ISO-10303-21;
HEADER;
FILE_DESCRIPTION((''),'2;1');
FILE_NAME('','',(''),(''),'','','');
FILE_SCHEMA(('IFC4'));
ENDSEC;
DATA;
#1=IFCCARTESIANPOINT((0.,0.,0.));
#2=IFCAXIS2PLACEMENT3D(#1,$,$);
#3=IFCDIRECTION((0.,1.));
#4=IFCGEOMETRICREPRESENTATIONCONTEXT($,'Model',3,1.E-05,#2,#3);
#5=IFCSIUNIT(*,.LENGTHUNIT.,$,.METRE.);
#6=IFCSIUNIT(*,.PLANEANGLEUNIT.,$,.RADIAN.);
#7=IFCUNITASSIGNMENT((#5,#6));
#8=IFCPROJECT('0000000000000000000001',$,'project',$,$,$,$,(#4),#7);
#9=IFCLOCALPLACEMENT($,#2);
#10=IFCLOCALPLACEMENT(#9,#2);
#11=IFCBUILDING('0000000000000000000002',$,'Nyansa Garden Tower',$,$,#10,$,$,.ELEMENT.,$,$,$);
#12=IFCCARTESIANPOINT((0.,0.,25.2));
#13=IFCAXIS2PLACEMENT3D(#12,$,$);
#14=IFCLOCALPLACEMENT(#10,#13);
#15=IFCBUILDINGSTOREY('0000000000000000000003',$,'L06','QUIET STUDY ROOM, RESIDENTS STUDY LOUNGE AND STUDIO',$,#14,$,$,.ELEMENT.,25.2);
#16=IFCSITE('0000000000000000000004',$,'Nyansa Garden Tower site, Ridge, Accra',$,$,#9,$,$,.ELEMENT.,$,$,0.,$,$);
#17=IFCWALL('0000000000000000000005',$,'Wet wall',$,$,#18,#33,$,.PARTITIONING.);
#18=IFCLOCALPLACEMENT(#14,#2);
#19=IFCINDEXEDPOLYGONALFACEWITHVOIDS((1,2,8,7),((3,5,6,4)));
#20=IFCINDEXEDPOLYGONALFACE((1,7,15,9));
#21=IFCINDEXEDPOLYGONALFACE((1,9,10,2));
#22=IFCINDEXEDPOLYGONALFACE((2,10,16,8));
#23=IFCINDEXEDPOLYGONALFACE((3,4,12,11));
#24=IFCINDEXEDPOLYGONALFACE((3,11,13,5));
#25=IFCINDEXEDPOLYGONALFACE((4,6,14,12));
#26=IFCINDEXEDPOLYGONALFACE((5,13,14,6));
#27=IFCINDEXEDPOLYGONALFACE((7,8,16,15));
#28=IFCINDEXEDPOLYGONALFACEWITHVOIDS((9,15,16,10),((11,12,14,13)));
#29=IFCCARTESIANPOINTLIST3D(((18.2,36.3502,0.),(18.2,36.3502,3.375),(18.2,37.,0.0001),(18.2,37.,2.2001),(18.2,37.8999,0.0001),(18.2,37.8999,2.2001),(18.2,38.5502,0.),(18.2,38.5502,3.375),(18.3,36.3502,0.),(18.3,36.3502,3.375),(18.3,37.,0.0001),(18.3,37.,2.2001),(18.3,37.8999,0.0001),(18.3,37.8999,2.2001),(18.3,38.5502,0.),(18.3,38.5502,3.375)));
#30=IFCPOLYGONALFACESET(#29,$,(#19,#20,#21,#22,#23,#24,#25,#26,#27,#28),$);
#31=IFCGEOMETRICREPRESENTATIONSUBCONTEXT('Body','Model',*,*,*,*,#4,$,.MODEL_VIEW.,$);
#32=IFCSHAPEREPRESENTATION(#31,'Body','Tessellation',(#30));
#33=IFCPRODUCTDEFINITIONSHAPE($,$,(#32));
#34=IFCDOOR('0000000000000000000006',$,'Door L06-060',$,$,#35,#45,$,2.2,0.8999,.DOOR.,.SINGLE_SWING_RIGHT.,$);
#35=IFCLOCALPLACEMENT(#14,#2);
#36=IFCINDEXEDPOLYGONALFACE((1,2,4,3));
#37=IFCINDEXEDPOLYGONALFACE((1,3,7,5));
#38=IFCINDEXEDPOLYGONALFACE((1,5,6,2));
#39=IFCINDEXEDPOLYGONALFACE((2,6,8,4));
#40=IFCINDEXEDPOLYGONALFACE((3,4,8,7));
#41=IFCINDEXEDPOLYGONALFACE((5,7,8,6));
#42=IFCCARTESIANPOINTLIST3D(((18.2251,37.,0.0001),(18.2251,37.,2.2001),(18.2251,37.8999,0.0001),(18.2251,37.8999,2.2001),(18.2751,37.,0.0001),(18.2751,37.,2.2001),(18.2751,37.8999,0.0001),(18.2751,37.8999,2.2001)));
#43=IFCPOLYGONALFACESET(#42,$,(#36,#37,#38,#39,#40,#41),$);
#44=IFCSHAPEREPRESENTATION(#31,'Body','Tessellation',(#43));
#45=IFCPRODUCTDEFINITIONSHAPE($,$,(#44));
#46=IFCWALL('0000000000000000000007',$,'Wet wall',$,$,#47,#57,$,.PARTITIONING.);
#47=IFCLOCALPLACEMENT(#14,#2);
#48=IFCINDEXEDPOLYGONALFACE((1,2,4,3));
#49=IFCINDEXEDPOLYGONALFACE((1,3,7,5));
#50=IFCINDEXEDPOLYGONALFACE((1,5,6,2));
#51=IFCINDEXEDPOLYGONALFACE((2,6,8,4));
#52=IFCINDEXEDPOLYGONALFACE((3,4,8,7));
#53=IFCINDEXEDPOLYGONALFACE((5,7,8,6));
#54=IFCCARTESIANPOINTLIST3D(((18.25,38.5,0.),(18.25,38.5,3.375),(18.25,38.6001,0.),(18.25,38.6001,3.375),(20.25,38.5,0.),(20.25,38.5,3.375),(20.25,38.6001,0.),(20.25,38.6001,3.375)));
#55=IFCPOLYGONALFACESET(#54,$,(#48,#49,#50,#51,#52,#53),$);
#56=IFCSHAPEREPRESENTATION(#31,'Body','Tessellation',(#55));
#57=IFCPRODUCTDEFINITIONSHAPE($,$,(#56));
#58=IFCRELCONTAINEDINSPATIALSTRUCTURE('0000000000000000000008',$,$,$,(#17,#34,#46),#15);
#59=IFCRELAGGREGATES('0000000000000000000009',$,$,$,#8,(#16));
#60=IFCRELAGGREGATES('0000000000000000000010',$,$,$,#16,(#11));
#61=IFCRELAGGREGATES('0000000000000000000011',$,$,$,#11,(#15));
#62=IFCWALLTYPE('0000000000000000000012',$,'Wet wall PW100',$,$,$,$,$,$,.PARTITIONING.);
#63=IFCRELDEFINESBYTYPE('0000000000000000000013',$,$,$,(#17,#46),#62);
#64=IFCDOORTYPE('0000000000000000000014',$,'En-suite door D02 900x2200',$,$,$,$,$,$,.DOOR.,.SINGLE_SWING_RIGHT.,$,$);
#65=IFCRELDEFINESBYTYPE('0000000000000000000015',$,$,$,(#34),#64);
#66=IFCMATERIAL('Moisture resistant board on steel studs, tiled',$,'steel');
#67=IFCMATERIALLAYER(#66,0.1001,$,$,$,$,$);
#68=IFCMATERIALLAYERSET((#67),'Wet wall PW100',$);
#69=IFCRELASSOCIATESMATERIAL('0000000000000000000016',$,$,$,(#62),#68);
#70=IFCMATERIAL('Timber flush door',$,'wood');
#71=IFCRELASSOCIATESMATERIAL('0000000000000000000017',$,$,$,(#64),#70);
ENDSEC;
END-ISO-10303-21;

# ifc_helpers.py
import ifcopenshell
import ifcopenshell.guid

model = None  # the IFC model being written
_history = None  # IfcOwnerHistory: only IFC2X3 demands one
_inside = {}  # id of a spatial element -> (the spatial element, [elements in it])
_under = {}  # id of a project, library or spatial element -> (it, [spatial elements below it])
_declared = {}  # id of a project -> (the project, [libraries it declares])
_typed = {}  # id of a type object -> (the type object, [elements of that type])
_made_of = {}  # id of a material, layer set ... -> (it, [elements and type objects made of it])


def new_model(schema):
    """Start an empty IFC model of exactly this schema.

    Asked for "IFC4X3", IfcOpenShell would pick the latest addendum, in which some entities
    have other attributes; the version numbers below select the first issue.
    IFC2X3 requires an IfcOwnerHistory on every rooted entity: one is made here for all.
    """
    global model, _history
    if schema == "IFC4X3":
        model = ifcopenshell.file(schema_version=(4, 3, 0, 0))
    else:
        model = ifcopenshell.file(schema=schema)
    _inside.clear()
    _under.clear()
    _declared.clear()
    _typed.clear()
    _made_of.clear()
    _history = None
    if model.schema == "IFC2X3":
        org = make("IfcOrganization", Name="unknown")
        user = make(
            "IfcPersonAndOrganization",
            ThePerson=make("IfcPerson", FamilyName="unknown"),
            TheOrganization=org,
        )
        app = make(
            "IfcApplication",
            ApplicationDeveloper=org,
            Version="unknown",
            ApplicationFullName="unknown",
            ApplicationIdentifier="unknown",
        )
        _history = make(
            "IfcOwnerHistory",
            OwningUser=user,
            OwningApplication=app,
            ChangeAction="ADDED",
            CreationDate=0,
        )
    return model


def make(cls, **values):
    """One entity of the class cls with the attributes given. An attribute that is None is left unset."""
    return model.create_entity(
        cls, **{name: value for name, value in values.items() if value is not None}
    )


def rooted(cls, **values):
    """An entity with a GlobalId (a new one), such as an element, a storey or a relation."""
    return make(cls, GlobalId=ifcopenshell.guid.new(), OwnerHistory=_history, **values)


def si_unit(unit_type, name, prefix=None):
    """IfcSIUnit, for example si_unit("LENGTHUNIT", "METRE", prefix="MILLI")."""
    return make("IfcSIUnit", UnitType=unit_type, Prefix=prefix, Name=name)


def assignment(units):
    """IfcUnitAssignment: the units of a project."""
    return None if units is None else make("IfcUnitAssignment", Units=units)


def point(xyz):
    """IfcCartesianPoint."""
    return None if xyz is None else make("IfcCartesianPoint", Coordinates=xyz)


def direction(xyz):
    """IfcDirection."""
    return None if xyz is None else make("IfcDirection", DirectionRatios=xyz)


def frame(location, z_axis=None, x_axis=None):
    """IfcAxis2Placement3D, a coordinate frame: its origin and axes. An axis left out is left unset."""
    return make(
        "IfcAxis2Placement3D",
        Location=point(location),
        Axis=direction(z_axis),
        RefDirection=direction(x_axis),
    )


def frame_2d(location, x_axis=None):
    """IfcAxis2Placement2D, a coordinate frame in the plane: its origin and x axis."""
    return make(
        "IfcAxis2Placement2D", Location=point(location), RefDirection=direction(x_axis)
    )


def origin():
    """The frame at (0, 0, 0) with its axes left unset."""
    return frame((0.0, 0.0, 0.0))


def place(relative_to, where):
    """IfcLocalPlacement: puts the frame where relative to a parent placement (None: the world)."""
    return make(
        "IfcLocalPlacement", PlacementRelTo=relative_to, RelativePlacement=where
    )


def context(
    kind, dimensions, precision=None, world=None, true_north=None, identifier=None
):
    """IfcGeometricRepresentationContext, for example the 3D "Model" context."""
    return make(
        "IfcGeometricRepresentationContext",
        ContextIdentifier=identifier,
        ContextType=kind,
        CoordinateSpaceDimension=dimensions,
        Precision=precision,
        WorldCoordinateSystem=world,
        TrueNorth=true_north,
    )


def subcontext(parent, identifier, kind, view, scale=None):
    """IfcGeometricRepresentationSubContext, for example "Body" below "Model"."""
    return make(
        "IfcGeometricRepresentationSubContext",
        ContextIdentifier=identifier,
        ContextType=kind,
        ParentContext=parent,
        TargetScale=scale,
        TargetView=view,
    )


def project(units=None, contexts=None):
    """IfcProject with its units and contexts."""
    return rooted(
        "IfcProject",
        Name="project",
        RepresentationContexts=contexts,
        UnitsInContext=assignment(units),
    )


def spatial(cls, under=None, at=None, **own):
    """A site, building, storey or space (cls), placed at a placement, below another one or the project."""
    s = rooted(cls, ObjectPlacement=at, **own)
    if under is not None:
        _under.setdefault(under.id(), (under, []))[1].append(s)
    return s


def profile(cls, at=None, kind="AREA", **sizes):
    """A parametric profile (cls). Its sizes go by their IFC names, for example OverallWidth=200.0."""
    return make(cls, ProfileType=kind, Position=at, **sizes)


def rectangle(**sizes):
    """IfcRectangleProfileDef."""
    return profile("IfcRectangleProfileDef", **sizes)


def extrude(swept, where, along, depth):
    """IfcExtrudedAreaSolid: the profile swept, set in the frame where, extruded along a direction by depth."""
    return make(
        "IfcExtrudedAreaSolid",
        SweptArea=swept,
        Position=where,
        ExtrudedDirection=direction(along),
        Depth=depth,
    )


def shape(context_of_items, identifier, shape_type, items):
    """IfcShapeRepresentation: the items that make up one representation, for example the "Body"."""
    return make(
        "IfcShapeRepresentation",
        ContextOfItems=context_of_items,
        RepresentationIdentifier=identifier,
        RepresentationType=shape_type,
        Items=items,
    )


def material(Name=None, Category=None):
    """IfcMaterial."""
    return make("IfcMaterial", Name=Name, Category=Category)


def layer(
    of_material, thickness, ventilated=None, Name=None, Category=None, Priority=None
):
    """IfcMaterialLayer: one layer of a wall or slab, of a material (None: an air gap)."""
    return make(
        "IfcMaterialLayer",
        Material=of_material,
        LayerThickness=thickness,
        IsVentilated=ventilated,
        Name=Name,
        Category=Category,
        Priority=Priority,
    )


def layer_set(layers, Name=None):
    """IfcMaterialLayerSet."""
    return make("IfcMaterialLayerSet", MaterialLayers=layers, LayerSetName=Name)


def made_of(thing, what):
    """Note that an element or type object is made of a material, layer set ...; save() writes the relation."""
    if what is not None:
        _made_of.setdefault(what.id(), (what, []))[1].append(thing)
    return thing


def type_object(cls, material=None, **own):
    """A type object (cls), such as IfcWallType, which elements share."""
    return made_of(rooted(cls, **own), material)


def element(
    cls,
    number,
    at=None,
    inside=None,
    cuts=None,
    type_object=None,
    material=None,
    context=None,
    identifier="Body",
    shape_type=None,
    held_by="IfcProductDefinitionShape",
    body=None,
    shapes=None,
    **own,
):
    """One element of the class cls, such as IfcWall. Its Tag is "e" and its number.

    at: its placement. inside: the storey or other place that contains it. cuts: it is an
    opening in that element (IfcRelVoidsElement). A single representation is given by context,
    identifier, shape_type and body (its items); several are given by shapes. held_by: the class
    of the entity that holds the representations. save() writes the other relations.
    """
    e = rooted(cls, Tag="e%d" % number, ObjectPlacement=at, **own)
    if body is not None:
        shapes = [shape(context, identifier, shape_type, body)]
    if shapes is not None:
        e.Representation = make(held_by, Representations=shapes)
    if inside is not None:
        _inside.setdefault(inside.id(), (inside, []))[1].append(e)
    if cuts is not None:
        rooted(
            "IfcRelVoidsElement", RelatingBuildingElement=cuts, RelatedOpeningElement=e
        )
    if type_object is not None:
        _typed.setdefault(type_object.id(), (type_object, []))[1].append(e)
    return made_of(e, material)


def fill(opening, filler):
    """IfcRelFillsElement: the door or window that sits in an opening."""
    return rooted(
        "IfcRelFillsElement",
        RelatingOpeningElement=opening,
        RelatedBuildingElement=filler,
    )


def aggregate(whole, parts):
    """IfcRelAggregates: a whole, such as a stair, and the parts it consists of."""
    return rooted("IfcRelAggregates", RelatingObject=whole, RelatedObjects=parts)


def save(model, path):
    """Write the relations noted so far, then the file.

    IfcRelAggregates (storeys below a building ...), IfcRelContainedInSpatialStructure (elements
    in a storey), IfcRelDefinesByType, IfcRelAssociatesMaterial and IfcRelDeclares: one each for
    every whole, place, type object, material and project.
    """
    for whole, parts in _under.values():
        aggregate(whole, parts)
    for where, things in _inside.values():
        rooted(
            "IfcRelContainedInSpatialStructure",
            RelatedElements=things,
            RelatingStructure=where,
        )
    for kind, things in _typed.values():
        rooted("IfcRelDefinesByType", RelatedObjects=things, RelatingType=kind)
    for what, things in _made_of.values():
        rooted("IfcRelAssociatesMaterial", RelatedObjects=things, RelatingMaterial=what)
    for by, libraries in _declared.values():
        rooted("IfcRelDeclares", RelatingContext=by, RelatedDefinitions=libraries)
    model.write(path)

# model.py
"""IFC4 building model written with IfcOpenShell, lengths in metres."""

from ifc_helpers import new_model, si_unit, direction, frame, frame_2d, origin, place, context, subcontext, project, spatial, rectangle, extrude, material, layer, layer_set, type_object, element, fill, save


model = new_model("IFC4")

# Units and contexts
model_context = context("Model", 3, precision=1e-05, world=origin(), true_north=direction((0.0, 1.0)))
body_context = subcontext(model_context, "Body", "Model", "MODEL_VIEW")
ifc_project = project(units=[si_unit("LENGTHUNIT", "METRE"), si_unit("PLANEANGLEUNIT", "RADIAN")], contexts=[model_context])

# Site, building, storey
site_placement = place(None, origin())
site = spatial("IfcSite", under=ifc_project, at=site_placement, Name="Nyansa Garden Tower site, Ridge, Accra", CompositionType="ELEMENT", RefElevation=0.0)
building_placement = place(site_placement, origin())
building = spatial("IfcBuilding", under=site, at=building_placement, Name="Nyansa Garden Tower", CompositionType="ELEMENT")
storey_placement = place(building_placement, frame((0.0, 0.0, 25.2)))
storey = spatial("IfcBuildingStorey", under=building, at=storey_placement, Name="L06", Description="QUIET STUDY ROOM, RESIDENTS STUDY LOUNGE AND STUDIO", CompositionType="ELEMENT", Elevation=25.2)

# Shared definitions
ifc_material_1 = material(Name="Moisture resistant board on steel studs, tiled", Category="steel")
ifc_layer_1 = layer(ifc_material_1, 0.1001)
ifc_layer_set_1 = layer_set([ifc_layer_1], Name="Wet wall PW100")
wall_type_1 = type_object("IfcWallType", Name="Wet wall PW100", PredefinedType="PARTITIONING", material=ifc_layer_set_1)
ifc_material_2 = material(Name="Timber flush door", Category="wood")
door_type_1 = type_object("IfcDoorType", Name="En-suite door D02 900x2200", OperationType="SINGLE_SWING_RIGHT", PredefinedType="DOOR", material=ifc_material_2)

# Wall, opening, door
wall_1_placement = place(storey_placement, frame((18.25, 36.3501, 0.0), z_axis=(0.0, 0.0, 1.0), x_axis=(0.0, 1.0, 0.0)))
wall_1 = element("IfcWall", 1, at=wall_1_placement, inside=storey, type_object=wall_type_1, Name="Wet wall", PredefinedType="PARTITIONING", context=body_context, shape_type="SweptSolid", body=[
    extrude(rectangle(XDim=2.2, YDim=0.1001, at=frame_2d((1.1001, 0.0))), origin(), (0.0, 0.0, 1.0), 3.375),
])
opening_1_placement = place(wall_1_placement, frame((0.6499, 0.0, 0.0)))
opening_1 = element("IfcOpeningElement", 2, at=opening_1_placement, cuts=wall_1, PredefinedType="OPENING", context=body_context, shape_type="SweptSolid", body=[
    extrude(rectangle(XDim=0.8999, YDim=2.2, at=frame_2d((0.45, 1.1001))), frame((0.0, 0.0601, 0.0), z_axis=(0.0, -1.0, 0.0), x_axis=(1.0, 0.0, 0.0)), (0.0, 0.0, 1.0), 0.1201),
])
door_1_placement = place(opening_1_placement, origin())
door_1 = element("IfcDoor", 3, at=door_1_placement, inside=storey, type_object=door_type_1, Name="Door L06-060", OperationType="SINGLE_SWING_RIGHT", OverallHeight=2.2, OverallWidth=0.8999, PredefinedType="DOOR", context=body_context, shape_type="SweptSolid", body=[
    extrude(rectangle(XDim=0.8999, YDim=2.2, at=frame_2d((0.45, 1.1001))), frame((0.0, 0.0249, 0.0), z_axis=(0.0, -1.0, 0.0), x_axis=(1.0, 0.0, 0.0)), (0.0, 0.0, 1.0), 0.05),
])
fill(opening_1, door_1)

# Wall
wall_2_placement = place(storey_placement, frame((18.25, 38.55, 0.0), z_axis=(0.0, 0.0, 1.0), x_axis=(1.0, 0.0, 0.0)))
element("IfcWall", 4, at=wall_2_placement, inside=storey, type_object=wall_type_1, Name="Wet wall", PredefinedType="PARTITIONING", context=body_context, shape_type="SweptSolid", body=[
    extrude(rectangle(XDim=2.0, YDim=0.1001, at=frame_2d((1.0, 0.0))), origin(), (0.0, 0.0, 1.0), 3.375),
])

save(model, "model.ifc")
